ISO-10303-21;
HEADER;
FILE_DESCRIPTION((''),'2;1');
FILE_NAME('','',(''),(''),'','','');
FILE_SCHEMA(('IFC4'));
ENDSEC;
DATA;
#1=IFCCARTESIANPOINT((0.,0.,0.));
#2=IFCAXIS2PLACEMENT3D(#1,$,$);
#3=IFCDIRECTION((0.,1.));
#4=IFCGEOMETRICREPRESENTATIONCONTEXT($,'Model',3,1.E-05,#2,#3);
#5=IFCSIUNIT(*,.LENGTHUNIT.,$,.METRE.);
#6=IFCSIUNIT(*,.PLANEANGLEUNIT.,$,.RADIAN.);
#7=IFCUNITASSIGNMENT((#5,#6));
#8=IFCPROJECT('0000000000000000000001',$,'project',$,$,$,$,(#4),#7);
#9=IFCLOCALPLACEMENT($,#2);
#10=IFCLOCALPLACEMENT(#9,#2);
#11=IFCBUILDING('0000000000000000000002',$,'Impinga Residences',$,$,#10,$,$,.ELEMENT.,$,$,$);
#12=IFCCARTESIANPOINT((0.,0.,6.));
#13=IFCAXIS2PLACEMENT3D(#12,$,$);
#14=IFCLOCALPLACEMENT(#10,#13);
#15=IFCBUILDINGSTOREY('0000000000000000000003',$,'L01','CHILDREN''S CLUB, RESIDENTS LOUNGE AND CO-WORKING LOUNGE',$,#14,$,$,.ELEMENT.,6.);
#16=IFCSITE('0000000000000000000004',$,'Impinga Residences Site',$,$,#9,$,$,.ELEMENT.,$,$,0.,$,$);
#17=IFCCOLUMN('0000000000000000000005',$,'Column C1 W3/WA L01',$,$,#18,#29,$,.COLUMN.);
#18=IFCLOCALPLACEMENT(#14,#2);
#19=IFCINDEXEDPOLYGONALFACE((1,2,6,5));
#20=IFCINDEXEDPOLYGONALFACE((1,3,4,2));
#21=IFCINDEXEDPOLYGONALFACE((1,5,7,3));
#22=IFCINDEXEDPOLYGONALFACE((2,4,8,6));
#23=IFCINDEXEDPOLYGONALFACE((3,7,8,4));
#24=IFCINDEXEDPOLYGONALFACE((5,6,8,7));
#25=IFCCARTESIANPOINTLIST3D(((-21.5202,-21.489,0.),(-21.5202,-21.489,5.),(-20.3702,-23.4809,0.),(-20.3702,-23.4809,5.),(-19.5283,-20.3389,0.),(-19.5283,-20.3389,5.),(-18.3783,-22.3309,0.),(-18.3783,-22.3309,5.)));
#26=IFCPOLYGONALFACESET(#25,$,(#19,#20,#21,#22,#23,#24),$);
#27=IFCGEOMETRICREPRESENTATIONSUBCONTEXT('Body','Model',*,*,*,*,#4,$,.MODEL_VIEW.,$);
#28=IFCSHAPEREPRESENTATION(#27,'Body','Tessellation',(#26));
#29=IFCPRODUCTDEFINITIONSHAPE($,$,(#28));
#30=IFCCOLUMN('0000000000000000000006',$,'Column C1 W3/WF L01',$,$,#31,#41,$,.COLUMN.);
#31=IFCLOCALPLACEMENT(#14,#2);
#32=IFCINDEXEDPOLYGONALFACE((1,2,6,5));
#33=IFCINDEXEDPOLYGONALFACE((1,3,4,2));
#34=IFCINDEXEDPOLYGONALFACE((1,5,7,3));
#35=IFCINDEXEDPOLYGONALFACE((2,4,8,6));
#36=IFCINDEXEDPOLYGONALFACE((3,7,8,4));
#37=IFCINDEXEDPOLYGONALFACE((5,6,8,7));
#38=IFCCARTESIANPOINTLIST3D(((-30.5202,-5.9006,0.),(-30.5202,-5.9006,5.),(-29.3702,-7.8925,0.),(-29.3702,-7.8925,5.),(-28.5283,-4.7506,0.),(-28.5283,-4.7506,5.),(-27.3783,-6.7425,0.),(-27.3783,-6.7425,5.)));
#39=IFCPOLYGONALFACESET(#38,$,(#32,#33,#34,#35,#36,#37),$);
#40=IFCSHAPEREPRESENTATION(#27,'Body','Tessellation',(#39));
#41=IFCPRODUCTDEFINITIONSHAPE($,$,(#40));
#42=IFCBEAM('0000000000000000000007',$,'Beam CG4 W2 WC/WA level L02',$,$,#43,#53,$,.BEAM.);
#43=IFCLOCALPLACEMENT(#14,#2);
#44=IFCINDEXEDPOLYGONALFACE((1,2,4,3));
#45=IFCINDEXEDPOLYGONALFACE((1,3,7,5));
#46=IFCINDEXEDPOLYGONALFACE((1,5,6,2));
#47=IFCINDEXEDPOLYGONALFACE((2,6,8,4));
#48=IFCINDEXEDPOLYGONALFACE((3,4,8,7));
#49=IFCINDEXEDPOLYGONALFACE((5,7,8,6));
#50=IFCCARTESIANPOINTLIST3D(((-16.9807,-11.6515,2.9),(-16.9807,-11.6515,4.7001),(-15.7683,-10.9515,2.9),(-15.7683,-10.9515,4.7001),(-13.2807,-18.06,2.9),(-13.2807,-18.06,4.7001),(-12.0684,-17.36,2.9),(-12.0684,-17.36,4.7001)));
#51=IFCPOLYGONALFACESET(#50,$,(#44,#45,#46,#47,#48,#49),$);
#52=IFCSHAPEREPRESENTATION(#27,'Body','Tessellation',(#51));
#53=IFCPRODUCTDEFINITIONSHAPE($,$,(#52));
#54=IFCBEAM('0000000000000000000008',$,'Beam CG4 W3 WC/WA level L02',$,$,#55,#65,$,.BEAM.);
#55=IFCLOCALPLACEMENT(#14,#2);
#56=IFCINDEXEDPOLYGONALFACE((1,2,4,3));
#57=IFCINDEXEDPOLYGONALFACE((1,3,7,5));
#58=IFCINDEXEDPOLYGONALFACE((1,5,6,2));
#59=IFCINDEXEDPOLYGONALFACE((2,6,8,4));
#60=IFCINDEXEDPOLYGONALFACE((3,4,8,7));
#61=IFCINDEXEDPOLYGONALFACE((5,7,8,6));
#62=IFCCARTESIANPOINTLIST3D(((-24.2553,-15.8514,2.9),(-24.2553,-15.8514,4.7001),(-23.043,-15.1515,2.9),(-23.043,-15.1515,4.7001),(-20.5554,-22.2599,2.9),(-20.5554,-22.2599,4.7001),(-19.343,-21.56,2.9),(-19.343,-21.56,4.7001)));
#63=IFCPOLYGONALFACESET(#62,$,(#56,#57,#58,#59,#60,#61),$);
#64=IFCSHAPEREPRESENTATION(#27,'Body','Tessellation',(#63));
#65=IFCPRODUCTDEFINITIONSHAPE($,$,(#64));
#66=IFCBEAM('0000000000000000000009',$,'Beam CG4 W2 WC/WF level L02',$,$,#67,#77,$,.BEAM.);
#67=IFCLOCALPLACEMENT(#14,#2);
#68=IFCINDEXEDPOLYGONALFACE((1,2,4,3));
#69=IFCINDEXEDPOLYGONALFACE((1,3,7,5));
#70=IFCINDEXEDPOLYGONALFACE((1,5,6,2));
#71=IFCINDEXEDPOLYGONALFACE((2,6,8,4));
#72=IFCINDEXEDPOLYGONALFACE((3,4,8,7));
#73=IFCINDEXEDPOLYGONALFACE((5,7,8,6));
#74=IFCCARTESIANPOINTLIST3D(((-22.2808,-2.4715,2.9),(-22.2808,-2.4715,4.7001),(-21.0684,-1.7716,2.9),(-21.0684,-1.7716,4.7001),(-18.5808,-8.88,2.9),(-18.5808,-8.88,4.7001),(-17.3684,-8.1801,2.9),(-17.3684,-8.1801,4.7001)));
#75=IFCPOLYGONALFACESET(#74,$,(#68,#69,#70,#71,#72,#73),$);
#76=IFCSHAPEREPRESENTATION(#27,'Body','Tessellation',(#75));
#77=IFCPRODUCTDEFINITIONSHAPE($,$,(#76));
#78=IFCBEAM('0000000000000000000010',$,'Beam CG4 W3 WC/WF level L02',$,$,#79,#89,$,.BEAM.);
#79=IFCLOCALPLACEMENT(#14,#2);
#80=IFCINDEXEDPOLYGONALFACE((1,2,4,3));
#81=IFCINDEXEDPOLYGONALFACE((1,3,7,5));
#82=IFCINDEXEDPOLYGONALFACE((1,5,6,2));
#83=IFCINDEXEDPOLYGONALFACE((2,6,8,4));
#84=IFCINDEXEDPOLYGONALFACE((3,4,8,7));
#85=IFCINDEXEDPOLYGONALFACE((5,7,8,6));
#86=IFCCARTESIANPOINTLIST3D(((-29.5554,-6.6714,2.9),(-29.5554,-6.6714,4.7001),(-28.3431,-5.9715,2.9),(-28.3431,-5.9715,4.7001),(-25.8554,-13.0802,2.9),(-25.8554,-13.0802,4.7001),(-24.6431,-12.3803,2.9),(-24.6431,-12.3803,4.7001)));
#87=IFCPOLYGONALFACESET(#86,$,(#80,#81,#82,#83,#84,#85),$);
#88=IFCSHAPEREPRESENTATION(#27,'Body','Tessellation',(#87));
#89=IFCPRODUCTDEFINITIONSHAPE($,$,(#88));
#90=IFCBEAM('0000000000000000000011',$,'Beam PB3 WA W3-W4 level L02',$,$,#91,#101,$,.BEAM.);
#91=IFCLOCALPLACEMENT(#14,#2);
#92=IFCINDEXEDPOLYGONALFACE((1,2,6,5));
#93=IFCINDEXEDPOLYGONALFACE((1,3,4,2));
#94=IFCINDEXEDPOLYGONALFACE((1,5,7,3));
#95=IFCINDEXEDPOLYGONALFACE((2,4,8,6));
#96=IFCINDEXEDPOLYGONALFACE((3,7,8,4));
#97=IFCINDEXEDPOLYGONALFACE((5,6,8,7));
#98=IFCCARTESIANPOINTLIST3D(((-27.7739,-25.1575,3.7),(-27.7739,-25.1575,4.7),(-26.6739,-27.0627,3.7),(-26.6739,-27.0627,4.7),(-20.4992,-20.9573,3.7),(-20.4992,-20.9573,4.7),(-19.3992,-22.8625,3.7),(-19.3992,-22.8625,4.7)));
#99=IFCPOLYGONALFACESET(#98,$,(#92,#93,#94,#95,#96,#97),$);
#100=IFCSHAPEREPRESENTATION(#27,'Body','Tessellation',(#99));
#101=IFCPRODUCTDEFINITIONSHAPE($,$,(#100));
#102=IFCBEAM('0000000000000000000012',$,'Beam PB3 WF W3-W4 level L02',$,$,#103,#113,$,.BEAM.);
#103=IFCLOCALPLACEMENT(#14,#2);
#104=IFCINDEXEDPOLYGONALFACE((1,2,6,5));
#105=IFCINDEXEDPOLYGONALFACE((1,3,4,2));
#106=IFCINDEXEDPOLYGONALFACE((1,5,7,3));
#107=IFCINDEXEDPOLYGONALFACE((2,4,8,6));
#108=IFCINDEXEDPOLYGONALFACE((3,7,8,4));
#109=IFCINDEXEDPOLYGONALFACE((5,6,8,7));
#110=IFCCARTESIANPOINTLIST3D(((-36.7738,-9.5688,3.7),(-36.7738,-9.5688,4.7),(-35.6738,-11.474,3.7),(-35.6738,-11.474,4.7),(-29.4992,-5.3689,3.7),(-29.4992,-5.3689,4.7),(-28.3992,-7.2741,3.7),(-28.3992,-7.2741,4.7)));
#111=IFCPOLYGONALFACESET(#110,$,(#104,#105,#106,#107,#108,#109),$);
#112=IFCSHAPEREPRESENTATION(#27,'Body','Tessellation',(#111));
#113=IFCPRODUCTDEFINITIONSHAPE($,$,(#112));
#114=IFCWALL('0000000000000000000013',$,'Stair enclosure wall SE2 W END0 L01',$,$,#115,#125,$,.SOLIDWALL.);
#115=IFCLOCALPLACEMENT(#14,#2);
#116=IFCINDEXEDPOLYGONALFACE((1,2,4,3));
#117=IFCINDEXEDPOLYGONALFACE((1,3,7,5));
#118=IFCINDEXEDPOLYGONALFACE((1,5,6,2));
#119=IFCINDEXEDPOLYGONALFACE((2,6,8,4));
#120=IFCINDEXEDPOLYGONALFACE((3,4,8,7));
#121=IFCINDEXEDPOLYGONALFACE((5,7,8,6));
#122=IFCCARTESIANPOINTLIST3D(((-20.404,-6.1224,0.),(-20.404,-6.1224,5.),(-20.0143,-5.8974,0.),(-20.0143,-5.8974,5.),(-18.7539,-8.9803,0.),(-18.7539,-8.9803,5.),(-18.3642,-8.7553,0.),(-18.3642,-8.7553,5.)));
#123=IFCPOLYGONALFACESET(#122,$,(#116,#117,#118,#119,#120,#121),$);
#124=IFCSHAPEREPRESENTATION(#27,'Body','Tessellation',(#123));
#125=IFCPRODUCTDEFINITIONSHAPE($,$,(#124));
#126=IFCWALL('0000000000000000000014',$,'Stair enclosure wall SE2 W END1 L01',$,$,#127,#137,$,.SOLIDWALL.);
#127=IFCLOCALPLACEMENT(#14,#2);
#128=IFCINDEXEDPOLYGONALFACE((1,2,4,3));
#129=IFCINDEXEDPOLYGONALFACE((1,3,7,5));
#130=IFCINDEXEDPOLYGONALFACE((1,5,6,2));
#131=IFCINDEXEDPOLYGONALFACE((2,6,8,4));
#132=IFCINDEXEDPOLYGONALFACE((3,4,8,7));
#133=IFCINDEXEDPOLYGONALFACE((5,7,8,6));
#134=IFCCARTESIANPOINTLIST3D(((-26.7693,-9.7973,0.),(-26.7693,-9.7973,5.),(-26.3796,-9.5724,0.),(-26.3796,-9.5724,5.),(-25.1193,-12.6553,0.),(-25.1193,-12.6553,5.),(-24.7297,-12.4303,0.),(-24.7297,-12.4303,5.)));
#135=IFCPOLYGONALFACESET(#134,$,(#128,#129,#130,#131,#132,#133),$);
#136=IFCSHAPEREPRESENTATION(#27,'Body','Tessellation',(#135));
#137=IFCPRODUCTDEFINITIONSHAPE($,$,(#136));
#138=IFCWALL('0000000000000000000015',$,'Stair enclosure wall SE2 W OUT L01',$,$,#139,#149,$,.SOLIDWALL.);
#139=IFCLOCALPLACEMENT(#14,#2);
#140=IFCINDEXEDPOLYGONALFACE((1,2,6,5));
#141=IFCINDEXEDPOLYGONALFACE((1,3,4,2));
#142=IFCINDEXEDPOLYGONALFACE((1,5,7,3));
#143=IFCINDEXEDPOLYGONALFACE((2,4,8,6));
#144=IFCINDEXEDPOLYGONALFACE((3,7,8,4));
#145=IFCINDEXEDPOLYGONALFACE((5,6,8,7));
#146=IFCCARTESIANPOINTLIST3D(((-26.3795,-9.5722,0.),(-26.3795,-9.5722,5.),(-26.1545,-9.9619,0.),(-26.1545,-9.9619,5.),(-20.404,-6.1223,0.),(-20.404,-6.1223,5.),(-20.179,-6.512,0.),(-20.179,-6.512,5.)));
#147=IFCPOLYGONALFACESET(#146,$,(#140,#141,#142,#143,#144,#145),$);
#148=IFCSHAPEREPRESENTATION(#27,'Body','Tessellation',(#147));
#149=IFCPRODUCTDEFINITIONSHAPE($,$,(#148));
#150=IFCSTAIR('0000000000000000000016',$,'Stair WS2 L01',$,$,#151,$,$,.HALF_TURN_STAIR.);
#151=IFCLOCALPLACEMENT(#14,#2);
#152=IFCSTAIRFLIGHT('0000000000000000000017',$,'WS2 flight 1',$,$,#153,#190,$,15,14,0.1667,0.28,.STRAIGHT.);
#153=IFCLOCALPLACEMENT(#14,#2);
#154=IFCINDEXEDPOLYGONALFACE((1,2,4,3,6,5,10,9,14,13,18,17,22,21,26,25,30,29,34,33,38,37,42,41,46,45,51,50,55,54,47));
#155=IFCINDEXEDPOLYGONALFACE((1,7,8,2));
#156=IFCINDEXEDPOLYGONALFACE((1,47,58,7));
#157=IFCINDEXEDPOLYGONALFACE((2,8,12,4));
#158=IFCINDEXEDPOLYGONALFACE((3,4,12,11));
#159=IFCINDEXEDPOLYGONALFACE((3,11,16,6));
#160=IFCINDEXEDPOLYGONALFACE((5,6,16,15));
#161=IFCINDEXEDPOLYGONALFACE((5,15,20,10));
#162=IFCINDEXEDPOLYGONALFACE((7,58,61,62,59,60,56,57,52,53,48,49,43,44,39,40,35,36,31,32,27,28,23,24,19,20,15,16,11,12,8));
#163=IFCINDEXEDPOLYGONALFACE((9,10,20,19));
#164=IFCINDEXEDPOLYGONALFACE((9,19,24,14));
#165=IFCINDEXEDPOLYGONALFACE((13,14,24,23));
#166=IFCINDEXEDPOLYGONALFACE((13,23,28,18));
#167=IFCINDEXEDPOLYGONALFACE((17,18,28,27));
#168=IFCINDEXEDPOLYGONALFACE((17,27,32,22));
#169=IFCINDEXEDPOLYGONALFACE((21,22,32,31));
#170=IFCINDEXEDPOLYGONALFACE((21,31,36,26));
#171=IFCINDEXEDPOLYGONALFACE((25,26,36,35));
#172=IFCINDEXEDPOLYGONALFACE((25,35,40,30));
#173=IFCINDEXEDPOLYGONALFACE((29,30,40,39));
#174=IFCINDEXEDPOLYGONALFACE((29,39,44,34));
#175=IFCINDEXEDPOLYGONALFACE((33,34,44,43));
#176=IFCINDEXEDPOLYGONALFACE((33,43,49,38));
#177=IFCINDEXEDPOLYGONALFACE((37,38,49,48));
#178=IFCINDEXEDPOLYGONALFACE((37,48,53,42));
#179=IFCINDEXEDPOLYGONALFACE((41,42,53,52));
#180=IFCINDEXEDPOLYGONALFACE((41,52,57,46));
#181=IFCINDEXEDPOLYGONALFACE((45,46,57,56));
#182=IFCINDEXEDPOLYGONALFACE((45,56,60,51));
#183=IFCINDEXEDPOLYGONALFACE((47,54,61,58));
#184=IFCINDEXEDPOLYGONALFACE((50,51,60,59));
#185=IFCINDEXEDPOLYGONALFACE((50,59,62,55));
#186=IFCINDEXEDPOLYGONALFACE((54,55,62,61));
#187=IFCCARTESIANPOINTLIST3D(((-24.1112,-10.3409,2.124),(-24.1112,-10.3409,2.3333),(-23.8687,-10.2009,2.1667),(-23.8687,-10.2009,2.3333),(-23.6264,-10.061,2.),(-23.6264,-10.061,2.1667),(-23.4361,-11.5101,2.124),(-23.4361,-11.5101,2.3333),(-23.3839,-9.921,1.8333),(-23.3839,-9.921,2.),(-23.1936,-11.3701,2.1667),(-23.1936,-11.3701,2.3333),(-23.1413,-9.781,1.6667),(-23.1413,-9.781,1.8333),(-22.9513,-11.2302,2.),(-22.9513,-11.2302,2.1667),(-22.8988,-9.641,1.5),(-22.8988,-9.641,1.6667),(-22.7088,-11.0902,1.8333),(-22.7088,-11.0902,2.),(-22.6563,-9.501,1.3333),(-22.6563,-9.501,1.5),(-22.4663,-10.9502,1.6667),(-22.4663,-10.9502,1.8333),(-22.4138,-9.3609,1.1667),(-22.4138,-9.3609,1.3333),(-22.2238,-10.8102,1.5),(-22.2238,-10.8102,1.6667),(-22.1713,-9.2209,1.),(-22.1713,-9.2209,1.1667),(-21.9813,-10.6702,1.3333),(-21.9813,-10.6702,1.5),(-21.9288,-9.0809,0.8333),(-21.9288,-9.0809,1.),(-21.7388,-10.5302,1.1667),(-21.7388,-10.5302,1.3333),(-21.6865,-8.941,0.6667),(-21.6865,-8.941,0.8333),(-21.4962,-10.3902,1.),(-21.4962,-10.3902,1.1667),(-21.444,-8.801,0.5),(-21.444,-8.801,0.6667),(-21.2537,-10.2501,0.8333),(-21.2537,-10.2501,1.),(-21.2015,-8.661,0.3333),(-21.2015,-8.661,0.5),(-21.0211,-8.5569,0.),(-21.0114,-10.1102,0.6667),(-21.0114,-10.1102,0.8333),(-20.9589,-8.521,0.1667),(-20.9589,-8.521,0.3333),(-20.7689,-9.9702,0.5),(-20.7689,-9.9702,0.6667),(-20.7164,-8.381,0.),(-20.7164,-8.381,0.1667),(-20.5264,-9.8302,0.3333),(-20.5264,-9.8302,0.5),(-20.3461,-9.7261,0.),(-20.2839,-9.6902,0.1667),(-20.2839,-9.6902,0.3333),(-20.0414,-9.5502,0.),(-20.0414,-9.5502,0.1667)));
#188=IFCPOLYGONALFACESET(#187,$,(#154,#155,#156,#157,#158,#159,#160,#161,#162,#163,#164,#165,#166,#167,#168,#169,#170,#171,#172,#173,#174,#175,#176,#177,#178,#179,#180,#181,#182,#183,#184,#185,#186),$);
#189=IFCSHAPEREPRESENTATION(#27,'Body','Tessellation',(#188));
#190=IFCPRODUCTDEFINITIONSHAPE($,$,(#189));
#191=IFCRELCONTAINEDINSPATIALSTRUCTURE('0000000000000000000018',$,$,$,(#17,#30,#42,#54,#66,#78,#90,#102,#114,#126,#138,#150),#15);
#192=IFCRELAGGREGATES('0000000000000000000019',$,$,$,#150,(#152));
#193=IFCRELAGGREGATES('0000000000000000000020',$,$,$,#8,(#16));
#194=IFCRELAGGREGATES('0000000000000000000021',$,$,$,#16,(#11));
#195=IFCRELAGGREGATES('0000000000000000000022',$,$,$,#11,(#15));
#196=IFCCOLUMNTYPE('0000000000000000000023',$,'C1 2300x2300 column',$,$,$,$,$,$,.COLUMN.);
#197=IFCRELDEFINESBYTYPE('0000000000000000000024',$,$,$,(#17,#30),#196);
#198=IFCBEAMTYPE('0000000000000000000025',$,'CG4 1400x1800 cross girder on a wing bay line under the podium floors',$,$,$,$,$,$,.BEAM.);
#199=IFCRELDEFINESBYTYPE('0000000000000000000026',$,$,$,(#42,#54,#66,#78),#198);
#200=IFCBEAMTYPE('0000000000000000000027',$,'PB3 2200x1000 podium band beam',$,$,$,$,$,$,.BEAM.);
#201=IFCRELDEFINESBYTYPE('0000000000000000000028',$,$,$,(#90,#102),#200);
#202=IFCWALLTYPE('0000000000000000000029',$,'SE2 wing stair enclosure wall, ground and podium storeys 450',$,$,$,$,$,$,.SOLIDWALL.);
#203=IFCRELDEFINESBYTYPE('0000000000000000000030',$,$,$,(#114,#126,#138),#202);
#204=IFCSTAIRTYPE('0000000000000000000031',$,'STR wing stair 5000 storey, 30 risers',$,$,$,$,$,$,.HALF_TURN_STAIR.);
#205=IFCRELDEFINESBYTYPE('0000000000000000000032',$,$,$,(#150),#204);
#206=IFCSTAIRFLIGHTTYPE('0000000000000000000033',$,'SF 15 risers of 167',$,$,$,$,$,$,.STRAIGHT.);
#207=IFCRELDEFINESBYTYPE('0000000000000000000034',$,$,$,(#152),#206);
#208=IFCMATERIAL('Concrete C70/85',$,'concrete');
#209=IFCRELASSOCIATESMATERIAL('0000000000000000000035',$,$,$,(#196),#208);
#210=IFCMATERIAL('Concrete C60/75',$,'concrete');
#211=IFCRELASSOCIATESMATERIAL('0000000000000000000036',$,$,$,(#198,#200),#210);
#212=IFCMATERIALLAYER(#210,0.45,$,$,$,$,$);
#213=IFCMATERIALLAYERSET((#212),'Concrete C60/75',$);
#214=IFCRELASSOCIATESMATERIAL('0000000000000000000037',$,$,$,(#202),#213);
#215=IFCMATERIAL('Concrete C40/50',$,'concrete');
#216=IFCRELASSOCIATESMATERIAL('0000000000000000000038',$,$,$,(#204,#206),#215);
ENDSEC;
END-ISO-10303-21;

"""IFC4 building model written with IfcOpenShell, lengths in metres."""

from ifc_helpers import new_model, si_unit, direction, frame, frame_2d, origin, origin_2d, place, context, subcontext, project, spatial, polyline, rectangle, outline, extrude, material, layer, layer_set, material_profile, profile_set, type_object, element, aggregate, save


model = new_model("IFC4")

# Units and contexts
model_context = context("Model", 3, precision=1e-05, world=origin(), true_north=direction((0.0, 1.0)))
body_context = subcontext(model_context, "Body", "Model", "MODEL_VIEW")
ifc_project = project(units=[si_unit("LENGTHUNIT", "METRE"), si_unit("PLANEANGLEUNIT", "RADIAN")], contexts=[model_context])

# Site, building, storey
site_placement = place(None, origin())
site = spatial("IfcSite", under=ifc_project, at=site_placement, Name="Impinga Residences Site", CompositionType="ELEMENT", RefElevation=0.0)
building_placement = place(site_placement, origin())
building = spatial("IfcBuilding", under=site, at=building_placement, Name="Impinga Residences", CompositionType="ELEMENT")
storey_placement = place(building_placement, frame((0.0, 0.0, 6.0)))
storey = spatial("IfcBuildingStorey", under=building, at=storey_placement, Name="L01", Description="CHILDREN'S CLUB, RESIDENTS LOUNGE AND CO-WORKING LOUNGE", CompositionType="ELEMENT", Elevation=6.0)

# Columns
ifc_material_1 = material(Name="Concrete C70/85", Category="concrete")
ifc_material_profile_1 = material_profile(ifc_material_1, rectangle(XDim=2.3, YDim=2.3, at=origin_2d()), Name="RC 2300x2300")
ifc_profile_set_1 = profile_set([ifc_material_profile_1], Name="Concrete C70/85")
column_type = type_object("IfcColumnType", Name="C1 2300x2300 column", PredefinedType="COLUMN", material=ifc_profile_set_1)
for number, where, z_axis, x_axis, name in (
    (1, (-19.9492, -21.9099, 0.0), (0.0, 0.0, 1.0), (-0.5, 0.866025, 0.0), "Column C1 W3/WA L01"),
    (2, (-28.9492, -6.3215, 0.0), (0.0, 0.0, 1.0), (-0.5, 0.866025, 0.0), "Column C1 W3/WF L01"),
):
    element("IfcColumn", number, at=place(storey_placement, frame(where, z_axis=z_axis, x_axis=x_axis)), inside=storey, type_object=column_type, Name=name, PredefinedType="COLUMN", context=body_context, shape_type="SweptSolid", body=[
        extrude(rectangle(XDim=2.3, YDim=2.3, at=origin_2d()), origin(), (0.0, 0.0, 1.0), 5.0),
    ])

# Beams
ifc_material_2 = material(Name="Concrete C60/75", Category="concrete")
ifc_material_profile_2 = material_profile(ifc_material_2, rectangle(XDim=1.3999, YDim=1.8, at=origin_2d()), Name="RC 1400x1800")
ifc_profile_set_2 = profile_set([ifc_material_profile_2], Name="Concrete C60/75")
beam_type_1 = type_object("IfcBeamType", Name="CG4 1400x1800 cross girder on a wing bay line under the podium floors", PredefinedType="BEAM", material=ifc_profile_set_2)
for number, where, z_axis, x_axis, name in (
    (3, (-16.3745, -11.3015, 3.8), (0.500003, -0.866024, 0.0), (0.866024, 0.500003, 0.0), "Beam CG4 W2 WC/WA level L02"),
    (4, (-23.6492, -15.5015, 3.8), (0.500003, -0.866024, 0.0), (0.866024, 0.500003, 0.0), "Beam CG4 W3 WC/WA level L02"),
    (5, (-17.9746, -8.53, 3.8), (-0.500003, 0.866024, 0.0), (-0.866024, -0.500003, 0.0), "Beam CG4 W2 WC/WF level L02"),
):
    element("IfcBeam", number, at=place(storey_placement, frame(where, z_axis=z_axis, x_axis=x_axis)), inside=storey, type_object=beam_type_1, Name=name, PredefinedType="BEAM", context=body_context, shape_type="SweptSolid", body=[
        extrude(rectangle(XDim=1.3999, YDim=1.8, at=origin_2d()), origin(), (0.0, 0.0, 1.0), 7.3999),
    ])
beam_1_placement = place(storey_placement, frame((-25.2493, -12.7302, 3.8), z_axis=(-0.499989, 0.866032, 0.0), x_axis=(-0.866032, -0.499989, 0.0)))
element("IfcBeam", 6, at=beam_1_placement, inside=storey, type_object=beam_type_1, Name="Beam CG4 W3 WC/WF level L02", PredefinedType="BEAM", context=body_context, shape_type="SweptSolid", body=[
    extrude(rectangle(XDim=1.3999, YDim=1.8, at=origin_2d()), origin(), (0.0, 0.0, 1.0), 7.4001),
])
ifc_material_profile_3 = material_profile(ifc_material_2, rectangle(XDim=2.2, YDim=1.0, at=origin_2d()), Name="RC 2200x1000")
ifc_profile_set_3 = profile_set([ifc_material_profile_3], Name="Concrete C60/75")
beam_type_2 = type_object("IfcBeamType", Name="PB3 2200x1000 podium band beam", PredefinedType="BEAM", material=ifc_profile_set_3)
beam_2_placement = place(storey_placement, frame((-19.9492, -21.9099, 4.2), z_axis=(-0.866017, -0.500015, 0.0), x_axis=(0.500015, -0.866017, 0.0)))
element("IfcBeam", 7, at=beam_2_placement, inside=storey, type_object=beam_type_2, Name="Beam PB3 WA W3-W4 level L02", PredefinedType="BEAM", context=body_context, shape_type="SweptSolid", body=[
    extrude(rectangle(XDim=2.2, YDim=1.0, at=origin_2d()), origin(), (0.0, 0.0, 1.0), 8.4001),
])
beam_3_placement = place(storey_placement, frame((-28.9492, -6.3215, 4.2), z_axis=(-0.866029, -0.499993, 0.0), x_axis=(0.499993, -0.866029, 0.0)))
element("IfcBeam", 8, at=beam_3_placement, inside=storey, type_object=beam_type_2, Name="Beam PB3 WF W3-W4 level L02", PredefinedType="BEAM", context=body_context, shape_type="SweptSolid", body=[
    extrude(rectangle(XDim=2.2, YDim=1.0, at=origin_2d()), origin(), (0.0, 0.0, 1.0), 8.3999),
])

# Walls
ifc_layer = layer(ifc_material_2, 0.45)
ifc_layer_set = layer_set([ifc_layer], Name="Concrete C60/75")
wall_type = type_object("IfcWallType", Name="SE2 wing stair enclosure wall, ground and podium storeys 450", PredefinedType="SOLIDWALL", material=ifc_layer_set)
for number, where, z_axis, x_axis, name in (
    (9, (-18.5591, -8.8677, 0.0), (0.0, 0.0, 1.0), (-0.50003, 0.866008, 0.0), "Stair enclosure wall SE2 W END0 L01"),
    (10, (-24.9246, -12.5427, 0.0), (0.0, 0.0, 1.0), (-0.499974, 0.86604, 0.0), "Stair enclosure wall SE2 W END1 L01"),
):
    element("IfcWall", number, at=place(storey_placement, frame(where, z_axis=z_axis, x_axis=x_axis)), inside=storey, type_object=wall_type, Name=name, PredefinedType="SOLIDWALL", context=body_context, shape_type="SweptSolid", body=[
        extrude(rectangle(XDim=3.3, YDim=0.45, at=frame_2d((1.6499, 0.0))), origin(), (0.0, 0.0, 1.0), 5.0),
    ])
wall_placement = place(storey_placement, frame((-20.2915, -6.3171, 0.0), z_axis=(0.0, 0.0, 1.0), x_axis=(-0.866029, -0.499994, 0.0)))
element("IfcWall", 11, at=wall_placement, inside=storey, type_object=wall_type, Name="Stair enclosure wall SE2 W OUT L01", PredefinedType="SOLIDWALL", context=body_context, shape_type="SweptSolid", body=[
    extrude(rectangle(XDim=6.8999, YDim=0.45, at=frame_2d((3.45, 0.0))), origin(), (0.0, 0.0, 1.0), 5.0),
])

# Stair, stair flight
ifc_material_3 = material(Name="Concrete C40/50", Category="concrete")
stair_type = type_object("IfcStairType", Name="STR wing stair 5000 storey, 30 risers", PredefinedType="HALF_TURN_STAIR", material=ifc_material_3)
stair_placement = place(storey_placement, origin())
stair = element("IfcStair", 12, at=stair_placement, inside=storey, type_object=stair_type, Name="Stair WS2 L01", PredefinedType="HALF_TURN_STAIR")
stair_flight_type = type_object("IfcStairFlightType", Name="SF 15 risers of 167", PredefinedType="STRAIGHT", material=ifc_material_3)
stair_flight_1_placement = place(storey_placement, frame((-20.3789, -8.9656, 0.0), z_axis=(0.0, 0.0, 1.0), x_axis=(-0.866025, -0.5, 0.0)))
stair_flight_1 = element("IfcStairFlight", 13, at=stair_flight_1_placement, type_object=stair_flight_type, Name="WS2 flight 1", NumberOfRisers=15, NumberOfTreads=14, PredefinedType="STRAIGHT", RiserHeight=0.1667, TreadLength=0.28, context=body_context, shape_type="SweptSolid", body=[
    extrude(outline(polyline([(0.0, 0.0), (0.0, 0.1667), (0.28, 0.1667), (0.28, 0.3333), (0.5601, 0.3333), (0.5601, 0.5), (0.8401, 0.5), (0.8401, 0.6667), (1.1201, 0.6667), (1.1201, 0.8333), (1.3999, 0.8333), (1.3999, 1.0), (1.6799, 1.0), (1.6799, 1.1667), (1.96, 1.1667), (1.96, 1.3333), (2.24, 1.3333), (2.24, 1.5), (2.52, 1.5), (2.52, 1.6667), (2.8, 1.6667), (2.8, 1.8333), (3.0801, 1.8333), (3.0801, 2.0), (3.3601, 2.0), (3.3601, 2.1667), (3.6399, 2.1667), (3.6399, 2.3333), (3.9199, 2.3333), (3.9199, 2.5), (3.9199, 2.124), (0.3518, 0.0), (0.0, 0.0)])), frame((0.0, 0.675, 0.0), z_axis=(0.0, -1.0, 0.0), x_axis=(1.0, 0.0, 0.0)), (0.0, 0.0, 1.0), 1.3501),
])
aggregate(stair, [stair_flight_1])

save(model, "model.ifc")
